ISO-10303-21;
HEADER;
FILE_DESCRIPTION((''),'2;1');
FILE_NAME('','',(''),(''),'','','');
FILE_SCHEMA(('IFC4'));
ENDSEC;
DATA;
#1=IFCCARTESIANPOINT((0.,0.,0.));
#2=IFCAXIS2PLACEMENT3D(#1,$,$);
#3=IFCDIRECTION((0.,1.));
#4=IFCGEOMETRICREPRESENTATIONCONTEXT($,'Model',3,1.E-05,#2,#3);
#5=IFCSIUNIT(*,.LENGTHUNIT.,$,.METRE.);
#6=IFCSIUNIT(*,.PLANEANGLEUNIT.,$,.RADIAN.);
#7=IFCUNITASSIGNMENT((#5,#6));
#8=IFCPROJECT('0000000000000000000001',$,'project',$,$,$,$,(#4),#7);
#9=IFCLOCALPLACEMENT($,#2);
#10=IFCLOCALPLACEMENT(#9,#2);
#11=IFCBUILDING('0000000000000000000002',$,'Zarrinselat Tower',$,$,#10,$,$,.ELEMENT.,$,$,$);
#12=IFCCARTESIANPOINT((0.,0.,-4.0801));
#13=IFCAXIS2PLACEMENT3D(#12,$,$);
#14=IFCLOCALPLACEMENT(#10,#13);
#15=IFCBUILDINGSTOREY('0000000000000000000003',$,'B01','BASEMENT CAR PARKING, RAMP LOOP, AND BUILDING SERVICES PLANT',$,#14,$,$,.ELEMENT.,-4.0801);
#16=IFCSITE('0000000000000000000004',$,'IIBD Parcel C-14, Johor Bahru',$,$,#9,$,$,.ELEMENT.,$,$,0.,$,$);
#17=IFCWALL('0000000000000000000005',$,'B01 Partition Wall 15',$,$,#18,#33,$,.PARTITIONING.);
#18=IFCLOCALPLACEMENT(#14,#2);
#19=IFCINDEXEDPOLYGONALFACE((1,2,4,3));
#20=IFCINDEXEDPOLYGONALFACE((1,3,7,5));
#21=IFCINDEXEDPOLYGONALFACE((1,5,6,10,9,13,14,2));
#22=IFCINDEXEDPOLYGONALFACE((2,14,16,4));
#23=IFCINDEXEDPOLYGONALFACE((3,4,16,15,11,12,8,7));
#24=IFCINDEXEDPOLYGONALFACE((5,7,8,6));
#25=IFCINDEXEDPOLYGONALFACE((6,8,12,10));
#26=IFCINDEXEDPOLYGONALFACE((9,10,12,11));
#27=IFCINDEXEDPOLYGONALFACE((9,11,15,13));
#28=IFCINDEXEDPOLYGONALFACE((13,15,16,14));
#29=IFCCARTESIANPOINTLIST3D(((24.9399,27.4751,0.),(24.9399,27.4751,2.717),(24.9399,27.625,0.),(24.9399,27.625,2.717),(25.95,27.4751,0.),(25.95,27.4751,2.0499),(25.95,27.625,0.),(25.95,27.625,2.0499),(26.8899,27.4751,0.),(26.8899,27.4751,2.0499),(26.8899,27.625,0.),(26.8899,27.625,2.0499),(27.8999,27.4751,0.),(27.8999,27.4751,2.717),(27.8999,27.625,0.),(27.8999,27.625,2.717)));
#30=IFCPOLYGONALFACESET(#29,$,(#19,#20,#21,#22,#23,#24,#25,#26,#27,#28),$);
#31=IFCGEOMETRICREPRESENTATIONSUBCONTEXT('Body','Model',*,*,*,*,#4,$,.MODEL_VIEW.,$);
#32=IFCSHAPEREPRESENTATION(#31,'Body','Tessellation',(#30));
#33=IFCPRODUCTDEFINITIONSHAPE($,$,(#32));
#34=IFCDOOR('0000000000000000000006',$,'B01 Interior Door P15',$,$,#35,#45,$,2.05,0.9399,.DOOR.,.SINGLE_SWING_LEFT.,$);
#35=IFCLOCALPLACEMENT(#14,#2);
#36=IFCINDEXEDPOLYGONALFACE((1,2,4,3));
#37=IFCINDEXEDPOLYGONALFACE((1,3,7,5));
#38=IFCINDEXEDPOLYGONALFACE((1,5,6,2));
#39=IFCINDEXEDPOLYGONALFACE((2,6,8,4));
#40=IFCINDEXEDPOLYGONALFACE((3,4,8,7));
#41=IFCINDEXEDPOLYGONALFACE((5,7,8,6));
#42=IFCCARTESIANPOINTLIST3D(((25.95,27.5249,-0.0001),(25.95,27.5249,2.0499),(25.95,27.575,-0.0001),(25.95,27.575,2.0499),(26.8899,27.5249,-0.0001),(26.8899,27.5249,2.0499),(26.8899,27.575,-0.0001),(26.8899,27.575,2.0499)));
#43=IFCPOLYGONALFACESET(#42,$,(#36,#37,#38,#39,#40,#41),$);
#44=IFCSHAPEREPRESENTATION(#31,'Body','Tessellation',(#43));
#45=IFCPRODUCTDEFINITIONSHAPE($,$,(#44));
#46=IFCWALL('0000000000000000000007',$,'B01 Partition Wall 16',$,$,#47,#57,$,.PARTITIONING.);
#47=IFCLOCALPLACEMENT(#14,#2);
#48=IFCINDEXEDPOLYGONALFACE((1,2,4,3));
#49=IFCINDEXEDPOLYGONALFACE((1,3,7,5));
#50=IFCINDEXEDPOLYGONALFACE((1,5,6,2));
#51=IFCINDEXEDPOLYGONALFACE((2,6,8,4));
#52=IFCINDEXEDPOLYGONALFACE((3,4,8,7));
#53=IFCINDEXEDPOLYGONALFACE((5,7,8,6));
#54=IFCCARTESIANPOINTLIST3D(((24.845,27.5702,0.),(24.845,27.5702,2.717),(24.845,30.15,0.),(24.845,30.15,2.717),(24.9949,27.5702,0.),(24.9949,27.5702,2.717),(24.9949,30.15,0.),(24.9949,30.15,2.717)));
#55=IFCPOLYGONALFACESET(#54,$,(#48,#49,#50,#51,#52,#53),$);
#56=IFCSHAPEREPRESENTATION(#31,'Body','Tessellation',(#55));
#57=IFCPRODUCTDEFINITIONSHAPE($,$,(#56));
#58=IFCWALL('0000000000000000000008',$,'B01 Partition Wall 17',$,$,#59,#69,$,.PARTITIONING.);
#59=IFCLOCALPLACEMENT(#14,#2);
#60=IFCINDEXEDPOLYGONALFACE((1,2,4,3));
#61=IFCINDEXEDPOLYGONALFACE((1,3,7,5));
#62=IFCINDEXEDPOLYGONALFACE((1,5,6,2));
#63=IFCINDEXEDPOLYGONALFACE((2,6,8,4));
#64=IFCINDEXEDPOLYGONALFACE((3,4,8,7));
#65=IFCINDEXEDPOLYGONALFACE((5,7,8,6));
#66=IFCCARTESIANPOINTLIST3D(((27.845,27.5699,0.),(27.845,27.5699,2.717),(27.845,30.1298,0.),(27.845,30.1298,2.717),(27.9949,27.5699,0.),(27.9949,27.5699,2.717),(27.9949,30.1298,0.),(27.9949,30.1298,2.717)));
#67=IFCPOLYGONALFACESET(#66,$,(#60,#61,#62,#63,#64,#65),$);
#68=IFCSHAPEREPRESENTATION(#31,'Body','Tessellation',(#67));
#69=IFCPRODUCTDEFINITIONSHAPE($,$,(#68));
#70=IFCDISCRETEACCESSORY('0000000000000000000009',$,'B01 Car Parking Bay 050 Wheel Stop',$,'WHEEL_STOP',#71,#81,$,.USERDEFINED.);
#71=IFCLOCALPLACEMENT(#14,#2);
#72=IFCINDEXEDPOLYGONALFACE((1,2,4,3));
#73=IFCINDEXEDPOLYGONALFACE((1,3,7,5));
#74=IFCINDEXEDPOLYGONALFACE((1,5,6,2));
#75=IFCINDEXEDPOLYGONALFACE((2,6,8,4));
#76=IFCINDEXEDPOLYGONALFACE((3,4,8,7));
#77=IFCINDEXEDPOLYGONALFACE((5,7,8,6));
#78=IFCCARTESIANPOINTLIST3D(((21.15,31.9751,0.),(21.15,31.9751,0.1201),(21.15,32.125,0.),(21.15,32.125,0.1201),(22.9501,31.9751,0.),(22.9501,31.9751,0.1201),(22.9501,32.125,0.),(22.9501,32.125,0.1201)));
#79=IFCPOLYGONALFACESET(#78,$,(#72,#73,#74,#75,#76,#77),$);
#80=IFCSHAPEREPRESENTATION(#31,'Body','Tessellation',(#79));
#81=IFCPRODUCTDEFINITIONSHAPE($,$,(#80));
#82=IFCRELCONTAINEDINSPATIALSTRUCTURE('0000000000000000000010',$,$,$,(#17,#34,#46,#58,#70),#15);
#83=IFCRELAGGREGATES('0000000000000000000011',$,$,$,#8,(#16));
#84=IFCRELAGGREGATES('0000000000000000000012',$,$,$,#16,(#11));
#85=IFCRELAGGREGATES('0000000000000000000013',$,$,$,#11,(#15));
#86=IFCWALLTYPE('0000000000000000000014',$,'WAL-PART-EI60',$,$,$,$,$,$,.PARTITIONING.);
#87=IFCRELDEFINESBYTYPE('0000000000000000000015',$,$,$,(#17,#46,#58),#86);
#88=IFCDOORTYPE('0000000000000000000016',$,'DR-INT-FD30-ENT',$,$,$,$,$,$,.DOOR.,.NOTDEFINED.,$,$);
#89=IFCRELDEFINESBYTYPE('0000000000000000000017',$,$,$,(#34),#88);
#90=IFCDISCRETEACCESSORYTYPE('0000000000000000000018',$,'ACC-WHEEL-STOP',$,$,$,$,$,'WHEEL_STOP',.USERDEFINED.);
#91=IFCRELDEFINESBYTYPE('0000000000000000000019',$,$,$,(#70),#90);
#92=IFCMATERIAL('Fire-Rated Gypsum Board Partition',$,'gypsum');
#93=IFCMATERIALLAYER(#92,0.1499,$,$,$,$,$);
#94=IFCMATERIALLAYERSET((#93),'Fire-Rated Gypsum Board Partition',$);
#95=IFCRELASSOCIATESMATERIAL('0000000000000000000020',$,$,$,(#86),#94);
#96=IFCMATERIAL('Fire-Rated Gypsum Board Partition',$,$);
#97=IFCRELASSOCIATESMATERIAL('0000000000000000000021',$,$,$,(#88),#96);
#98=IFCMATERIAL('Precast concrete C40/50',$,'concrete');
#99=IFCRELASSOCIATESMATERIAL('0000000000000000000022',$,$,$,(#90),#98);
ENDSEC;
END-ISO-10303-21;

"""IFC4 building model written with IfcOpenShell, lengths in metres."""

from ifc_helpers import new_model, si_unit, direction, frame, frame_2d, origin, origin_2d, place, context, subcontext, project, spatial, rectangle, extrude, material, layer, layer_set, type_object, element, fill, save


model = new_model("IFC4")

# Units and contexts
model_context = context("Model", 3, precision=1e-05, world=origin(), true_north=direction((0.0, 1.0)))
body_context = subcontext(model_context, "Body", "Model", "MODEL_VIEW")
ifc_project = project(units=[si_unit("LENGTHUNIT", "METRE"), si_unit("PLANEANGLEUNIT", "RADIAN")], contexts=[model_context])

# Site, building, storey
site_placement = place(None, origin())
site = spatial("IfcSite", under=ifc_project, at=site_placement, Name="IIBD Parcel C-14, Johor Bahru", CompositionType="ELEMENT", RefElevation=0.0)
building_placement = place(site_placement, origin())
building = spatial("IfcBuilding", under=site, at=building_placement, Name="Zarrinselat Tower", CompositionType="ELEMENT")
storey_placement = place(building_placement, frame((0.0, 0.0, -4.0801)))
storey = spatial("IfcBuildingStorey", under=building, at=storey_placement, Name="B01", Description="BASEMENT CAR PARKING, RAMP LOOP, AND BUILDING SERVICES PLANT", CompositionType="ELEMENT", Elevation=-4.0801)

# Shared definitions
ifc_material_1 = material(Name="Fire-Rated Gypsum Board Partition", Category="gypsum")
ifc_layer_1 = layer(ifc_material_1, 0.1499)
ifc_layer_set_1 = layer_set([ifc_layer_1], Name="Fire-Rated Gypsum Board Partition")
wall_type_1 = type_object("IfcWallType", Name="WAL-PART-EI60", PredefinedType="PARTITIONING", material=ifc_layer_set_1)
ifc_material_2 = material(Name="Fire-Rated Gypsum Board Partition")
door_type_1 = type_object("IfcDoorType", Name="DR-INT-FD30-ENT", OperationType="NOTDEFINED", PredefinedType="DOOR", material=ifc_material_2)

# Wall, opening, door
wall_1_placement = place(storey_placement, frame((24.9399, 27.55, 0.0), z_axis=(0.0, 0.0, 1.0), x_axis=(1.0, 0.0, 0.0)))
wall_1 = element("IfcWall", 1, at=wall_1_placement, inside=storey, type_object=wall_type_1, Name="B01 Partition Wall 15", PredefinedType="PARTITIONING", context=body_context, shape_type="SweptSolid", body=[
    extrude(rectangle(XDim=2.96, YDim=0.1499, at=frame_2d((1.48, 0.0))), origin(), (0.0, 0.0, 1.0), 2.717),
])
opening_1_placement = place(wall_1_placement, frame((1.01, 0.0, 0.0)))
opening_1 = element("IfcOpeningElement", 2, at=opening_1_placement, cuts=wall_1, PredefinedType="OPENING", context=body_context, shape_type="SweptSolid", body=[
    extrude(rectangle(XDim=0.9399, YDim=2.05, at=frame_2d((0.47, 1.0249))), frame((0.0, 0.085, 0.0), z_axis=(0.0, -1.0, 0.0), x_axis=(1.0, 0.0, 0.0)), (0.0, 0.0, 1.0), 0.1699),
])
door_1_placement = place(opening_1_placement, origin())
door_1 = element("IfcDoor", 3, at=door_1_placement, inside=storey, type_object=door_type_1, Name="B01 Interior Door P15", OperationType="SINGLE_SWING_LEFT", OverallHeight=2.05, OverallWidth=0.9399, PredefinedType="DOOR", context=body_context, shape_type="SweptSolid", body=[
    extrude(rectangle(XDim=0.9399, YDim=2.05, at=frame_2d((0.47, 1.0249))), frame((0.0, 0.0249, 0.0), z_axis=(0.0, -1.0, 0.0), x_axis=(1.0, 0.0, 0.0)), (0.0, 0.0, 1.0), 0.05),
])
fill(opening_1, door_1)

# Walls
wall_2_placement = place(storey_placement, frame((24.9199, 27.5701, 0.0), z_axis=(0.0, 0.0, 1.0), x_axis=(0.0, 1.0, 0.0)))
element("IfcWall", 4, at=wall_2_placement, inside=storey, type_object=wall_type_1, Name="B01 Partition Wall 16", PredefinedType="PARTITIONING", context=body_context, shape_type="SweptSolid", body=[
    extrude(rectangle(XDim=2.5798, YDim=0.1499, at=frame_2d((1.29, 0.0))), origin(), (0.0, 0.0, 1.0), 2.717),
])
wall_3_placement = place(storey_placement, frame((27.9199, 27.5701, 0.0), z_axis=(0.0, 0.0, 1.0), x_axis=(0.0, 1.0, 0.0)))
element("IfcWall", 5, at=wall_3_placement, inside=storey, type_object=wall_type_1, Name="B01 Partition Wall 17", PredefinedType="PARTITIONING", context=body_context, shape_type="SweptSolid", body=[
    extrude(rectangle(XDim=2.5598, YDim=0.1499, at=frame_2d((1.2798, 0.0))), origin(), (0.0, 0.0, 1.0), 2.717),
])

# Discrete accessory
ifc_material_3 = material(Name="Precast concrete C40/50", Category="concrete")
discrete_accessory_type = type_object("IfcDiscreteAccessoryType", Name="ACC-WHEEL-STOP", ElementType="WHEEL_STOP", PredefinedType="USERDEFINED", material=ifc_material_3)
discrete_accessory_placement = place(storey_placement, frame((22.05, 32.05, 0.0), z_axis=(0.0, 0.0, 1.0), x_axis=(1.0, 0.0, 0.0)))
element("IfcDiscreteAccessory", 6, at=discrete_accessory_placement, inside=storey, type_object=discrete_accessory_type, Name="B01 Car Parking Bay 050 Wheel Stop", ObjectType="WHEEL_STOP", PredefinedType="USERDEFINED", context=body_context, shape_type="SweptSolid", body=[
    extrude(rectangle(XDim=1.8, YDim=0.1499, at=origin_2d()), origin(), (0.0, 0.0, 1.0), 0.1201),
])

save(model, "model.ifc")
